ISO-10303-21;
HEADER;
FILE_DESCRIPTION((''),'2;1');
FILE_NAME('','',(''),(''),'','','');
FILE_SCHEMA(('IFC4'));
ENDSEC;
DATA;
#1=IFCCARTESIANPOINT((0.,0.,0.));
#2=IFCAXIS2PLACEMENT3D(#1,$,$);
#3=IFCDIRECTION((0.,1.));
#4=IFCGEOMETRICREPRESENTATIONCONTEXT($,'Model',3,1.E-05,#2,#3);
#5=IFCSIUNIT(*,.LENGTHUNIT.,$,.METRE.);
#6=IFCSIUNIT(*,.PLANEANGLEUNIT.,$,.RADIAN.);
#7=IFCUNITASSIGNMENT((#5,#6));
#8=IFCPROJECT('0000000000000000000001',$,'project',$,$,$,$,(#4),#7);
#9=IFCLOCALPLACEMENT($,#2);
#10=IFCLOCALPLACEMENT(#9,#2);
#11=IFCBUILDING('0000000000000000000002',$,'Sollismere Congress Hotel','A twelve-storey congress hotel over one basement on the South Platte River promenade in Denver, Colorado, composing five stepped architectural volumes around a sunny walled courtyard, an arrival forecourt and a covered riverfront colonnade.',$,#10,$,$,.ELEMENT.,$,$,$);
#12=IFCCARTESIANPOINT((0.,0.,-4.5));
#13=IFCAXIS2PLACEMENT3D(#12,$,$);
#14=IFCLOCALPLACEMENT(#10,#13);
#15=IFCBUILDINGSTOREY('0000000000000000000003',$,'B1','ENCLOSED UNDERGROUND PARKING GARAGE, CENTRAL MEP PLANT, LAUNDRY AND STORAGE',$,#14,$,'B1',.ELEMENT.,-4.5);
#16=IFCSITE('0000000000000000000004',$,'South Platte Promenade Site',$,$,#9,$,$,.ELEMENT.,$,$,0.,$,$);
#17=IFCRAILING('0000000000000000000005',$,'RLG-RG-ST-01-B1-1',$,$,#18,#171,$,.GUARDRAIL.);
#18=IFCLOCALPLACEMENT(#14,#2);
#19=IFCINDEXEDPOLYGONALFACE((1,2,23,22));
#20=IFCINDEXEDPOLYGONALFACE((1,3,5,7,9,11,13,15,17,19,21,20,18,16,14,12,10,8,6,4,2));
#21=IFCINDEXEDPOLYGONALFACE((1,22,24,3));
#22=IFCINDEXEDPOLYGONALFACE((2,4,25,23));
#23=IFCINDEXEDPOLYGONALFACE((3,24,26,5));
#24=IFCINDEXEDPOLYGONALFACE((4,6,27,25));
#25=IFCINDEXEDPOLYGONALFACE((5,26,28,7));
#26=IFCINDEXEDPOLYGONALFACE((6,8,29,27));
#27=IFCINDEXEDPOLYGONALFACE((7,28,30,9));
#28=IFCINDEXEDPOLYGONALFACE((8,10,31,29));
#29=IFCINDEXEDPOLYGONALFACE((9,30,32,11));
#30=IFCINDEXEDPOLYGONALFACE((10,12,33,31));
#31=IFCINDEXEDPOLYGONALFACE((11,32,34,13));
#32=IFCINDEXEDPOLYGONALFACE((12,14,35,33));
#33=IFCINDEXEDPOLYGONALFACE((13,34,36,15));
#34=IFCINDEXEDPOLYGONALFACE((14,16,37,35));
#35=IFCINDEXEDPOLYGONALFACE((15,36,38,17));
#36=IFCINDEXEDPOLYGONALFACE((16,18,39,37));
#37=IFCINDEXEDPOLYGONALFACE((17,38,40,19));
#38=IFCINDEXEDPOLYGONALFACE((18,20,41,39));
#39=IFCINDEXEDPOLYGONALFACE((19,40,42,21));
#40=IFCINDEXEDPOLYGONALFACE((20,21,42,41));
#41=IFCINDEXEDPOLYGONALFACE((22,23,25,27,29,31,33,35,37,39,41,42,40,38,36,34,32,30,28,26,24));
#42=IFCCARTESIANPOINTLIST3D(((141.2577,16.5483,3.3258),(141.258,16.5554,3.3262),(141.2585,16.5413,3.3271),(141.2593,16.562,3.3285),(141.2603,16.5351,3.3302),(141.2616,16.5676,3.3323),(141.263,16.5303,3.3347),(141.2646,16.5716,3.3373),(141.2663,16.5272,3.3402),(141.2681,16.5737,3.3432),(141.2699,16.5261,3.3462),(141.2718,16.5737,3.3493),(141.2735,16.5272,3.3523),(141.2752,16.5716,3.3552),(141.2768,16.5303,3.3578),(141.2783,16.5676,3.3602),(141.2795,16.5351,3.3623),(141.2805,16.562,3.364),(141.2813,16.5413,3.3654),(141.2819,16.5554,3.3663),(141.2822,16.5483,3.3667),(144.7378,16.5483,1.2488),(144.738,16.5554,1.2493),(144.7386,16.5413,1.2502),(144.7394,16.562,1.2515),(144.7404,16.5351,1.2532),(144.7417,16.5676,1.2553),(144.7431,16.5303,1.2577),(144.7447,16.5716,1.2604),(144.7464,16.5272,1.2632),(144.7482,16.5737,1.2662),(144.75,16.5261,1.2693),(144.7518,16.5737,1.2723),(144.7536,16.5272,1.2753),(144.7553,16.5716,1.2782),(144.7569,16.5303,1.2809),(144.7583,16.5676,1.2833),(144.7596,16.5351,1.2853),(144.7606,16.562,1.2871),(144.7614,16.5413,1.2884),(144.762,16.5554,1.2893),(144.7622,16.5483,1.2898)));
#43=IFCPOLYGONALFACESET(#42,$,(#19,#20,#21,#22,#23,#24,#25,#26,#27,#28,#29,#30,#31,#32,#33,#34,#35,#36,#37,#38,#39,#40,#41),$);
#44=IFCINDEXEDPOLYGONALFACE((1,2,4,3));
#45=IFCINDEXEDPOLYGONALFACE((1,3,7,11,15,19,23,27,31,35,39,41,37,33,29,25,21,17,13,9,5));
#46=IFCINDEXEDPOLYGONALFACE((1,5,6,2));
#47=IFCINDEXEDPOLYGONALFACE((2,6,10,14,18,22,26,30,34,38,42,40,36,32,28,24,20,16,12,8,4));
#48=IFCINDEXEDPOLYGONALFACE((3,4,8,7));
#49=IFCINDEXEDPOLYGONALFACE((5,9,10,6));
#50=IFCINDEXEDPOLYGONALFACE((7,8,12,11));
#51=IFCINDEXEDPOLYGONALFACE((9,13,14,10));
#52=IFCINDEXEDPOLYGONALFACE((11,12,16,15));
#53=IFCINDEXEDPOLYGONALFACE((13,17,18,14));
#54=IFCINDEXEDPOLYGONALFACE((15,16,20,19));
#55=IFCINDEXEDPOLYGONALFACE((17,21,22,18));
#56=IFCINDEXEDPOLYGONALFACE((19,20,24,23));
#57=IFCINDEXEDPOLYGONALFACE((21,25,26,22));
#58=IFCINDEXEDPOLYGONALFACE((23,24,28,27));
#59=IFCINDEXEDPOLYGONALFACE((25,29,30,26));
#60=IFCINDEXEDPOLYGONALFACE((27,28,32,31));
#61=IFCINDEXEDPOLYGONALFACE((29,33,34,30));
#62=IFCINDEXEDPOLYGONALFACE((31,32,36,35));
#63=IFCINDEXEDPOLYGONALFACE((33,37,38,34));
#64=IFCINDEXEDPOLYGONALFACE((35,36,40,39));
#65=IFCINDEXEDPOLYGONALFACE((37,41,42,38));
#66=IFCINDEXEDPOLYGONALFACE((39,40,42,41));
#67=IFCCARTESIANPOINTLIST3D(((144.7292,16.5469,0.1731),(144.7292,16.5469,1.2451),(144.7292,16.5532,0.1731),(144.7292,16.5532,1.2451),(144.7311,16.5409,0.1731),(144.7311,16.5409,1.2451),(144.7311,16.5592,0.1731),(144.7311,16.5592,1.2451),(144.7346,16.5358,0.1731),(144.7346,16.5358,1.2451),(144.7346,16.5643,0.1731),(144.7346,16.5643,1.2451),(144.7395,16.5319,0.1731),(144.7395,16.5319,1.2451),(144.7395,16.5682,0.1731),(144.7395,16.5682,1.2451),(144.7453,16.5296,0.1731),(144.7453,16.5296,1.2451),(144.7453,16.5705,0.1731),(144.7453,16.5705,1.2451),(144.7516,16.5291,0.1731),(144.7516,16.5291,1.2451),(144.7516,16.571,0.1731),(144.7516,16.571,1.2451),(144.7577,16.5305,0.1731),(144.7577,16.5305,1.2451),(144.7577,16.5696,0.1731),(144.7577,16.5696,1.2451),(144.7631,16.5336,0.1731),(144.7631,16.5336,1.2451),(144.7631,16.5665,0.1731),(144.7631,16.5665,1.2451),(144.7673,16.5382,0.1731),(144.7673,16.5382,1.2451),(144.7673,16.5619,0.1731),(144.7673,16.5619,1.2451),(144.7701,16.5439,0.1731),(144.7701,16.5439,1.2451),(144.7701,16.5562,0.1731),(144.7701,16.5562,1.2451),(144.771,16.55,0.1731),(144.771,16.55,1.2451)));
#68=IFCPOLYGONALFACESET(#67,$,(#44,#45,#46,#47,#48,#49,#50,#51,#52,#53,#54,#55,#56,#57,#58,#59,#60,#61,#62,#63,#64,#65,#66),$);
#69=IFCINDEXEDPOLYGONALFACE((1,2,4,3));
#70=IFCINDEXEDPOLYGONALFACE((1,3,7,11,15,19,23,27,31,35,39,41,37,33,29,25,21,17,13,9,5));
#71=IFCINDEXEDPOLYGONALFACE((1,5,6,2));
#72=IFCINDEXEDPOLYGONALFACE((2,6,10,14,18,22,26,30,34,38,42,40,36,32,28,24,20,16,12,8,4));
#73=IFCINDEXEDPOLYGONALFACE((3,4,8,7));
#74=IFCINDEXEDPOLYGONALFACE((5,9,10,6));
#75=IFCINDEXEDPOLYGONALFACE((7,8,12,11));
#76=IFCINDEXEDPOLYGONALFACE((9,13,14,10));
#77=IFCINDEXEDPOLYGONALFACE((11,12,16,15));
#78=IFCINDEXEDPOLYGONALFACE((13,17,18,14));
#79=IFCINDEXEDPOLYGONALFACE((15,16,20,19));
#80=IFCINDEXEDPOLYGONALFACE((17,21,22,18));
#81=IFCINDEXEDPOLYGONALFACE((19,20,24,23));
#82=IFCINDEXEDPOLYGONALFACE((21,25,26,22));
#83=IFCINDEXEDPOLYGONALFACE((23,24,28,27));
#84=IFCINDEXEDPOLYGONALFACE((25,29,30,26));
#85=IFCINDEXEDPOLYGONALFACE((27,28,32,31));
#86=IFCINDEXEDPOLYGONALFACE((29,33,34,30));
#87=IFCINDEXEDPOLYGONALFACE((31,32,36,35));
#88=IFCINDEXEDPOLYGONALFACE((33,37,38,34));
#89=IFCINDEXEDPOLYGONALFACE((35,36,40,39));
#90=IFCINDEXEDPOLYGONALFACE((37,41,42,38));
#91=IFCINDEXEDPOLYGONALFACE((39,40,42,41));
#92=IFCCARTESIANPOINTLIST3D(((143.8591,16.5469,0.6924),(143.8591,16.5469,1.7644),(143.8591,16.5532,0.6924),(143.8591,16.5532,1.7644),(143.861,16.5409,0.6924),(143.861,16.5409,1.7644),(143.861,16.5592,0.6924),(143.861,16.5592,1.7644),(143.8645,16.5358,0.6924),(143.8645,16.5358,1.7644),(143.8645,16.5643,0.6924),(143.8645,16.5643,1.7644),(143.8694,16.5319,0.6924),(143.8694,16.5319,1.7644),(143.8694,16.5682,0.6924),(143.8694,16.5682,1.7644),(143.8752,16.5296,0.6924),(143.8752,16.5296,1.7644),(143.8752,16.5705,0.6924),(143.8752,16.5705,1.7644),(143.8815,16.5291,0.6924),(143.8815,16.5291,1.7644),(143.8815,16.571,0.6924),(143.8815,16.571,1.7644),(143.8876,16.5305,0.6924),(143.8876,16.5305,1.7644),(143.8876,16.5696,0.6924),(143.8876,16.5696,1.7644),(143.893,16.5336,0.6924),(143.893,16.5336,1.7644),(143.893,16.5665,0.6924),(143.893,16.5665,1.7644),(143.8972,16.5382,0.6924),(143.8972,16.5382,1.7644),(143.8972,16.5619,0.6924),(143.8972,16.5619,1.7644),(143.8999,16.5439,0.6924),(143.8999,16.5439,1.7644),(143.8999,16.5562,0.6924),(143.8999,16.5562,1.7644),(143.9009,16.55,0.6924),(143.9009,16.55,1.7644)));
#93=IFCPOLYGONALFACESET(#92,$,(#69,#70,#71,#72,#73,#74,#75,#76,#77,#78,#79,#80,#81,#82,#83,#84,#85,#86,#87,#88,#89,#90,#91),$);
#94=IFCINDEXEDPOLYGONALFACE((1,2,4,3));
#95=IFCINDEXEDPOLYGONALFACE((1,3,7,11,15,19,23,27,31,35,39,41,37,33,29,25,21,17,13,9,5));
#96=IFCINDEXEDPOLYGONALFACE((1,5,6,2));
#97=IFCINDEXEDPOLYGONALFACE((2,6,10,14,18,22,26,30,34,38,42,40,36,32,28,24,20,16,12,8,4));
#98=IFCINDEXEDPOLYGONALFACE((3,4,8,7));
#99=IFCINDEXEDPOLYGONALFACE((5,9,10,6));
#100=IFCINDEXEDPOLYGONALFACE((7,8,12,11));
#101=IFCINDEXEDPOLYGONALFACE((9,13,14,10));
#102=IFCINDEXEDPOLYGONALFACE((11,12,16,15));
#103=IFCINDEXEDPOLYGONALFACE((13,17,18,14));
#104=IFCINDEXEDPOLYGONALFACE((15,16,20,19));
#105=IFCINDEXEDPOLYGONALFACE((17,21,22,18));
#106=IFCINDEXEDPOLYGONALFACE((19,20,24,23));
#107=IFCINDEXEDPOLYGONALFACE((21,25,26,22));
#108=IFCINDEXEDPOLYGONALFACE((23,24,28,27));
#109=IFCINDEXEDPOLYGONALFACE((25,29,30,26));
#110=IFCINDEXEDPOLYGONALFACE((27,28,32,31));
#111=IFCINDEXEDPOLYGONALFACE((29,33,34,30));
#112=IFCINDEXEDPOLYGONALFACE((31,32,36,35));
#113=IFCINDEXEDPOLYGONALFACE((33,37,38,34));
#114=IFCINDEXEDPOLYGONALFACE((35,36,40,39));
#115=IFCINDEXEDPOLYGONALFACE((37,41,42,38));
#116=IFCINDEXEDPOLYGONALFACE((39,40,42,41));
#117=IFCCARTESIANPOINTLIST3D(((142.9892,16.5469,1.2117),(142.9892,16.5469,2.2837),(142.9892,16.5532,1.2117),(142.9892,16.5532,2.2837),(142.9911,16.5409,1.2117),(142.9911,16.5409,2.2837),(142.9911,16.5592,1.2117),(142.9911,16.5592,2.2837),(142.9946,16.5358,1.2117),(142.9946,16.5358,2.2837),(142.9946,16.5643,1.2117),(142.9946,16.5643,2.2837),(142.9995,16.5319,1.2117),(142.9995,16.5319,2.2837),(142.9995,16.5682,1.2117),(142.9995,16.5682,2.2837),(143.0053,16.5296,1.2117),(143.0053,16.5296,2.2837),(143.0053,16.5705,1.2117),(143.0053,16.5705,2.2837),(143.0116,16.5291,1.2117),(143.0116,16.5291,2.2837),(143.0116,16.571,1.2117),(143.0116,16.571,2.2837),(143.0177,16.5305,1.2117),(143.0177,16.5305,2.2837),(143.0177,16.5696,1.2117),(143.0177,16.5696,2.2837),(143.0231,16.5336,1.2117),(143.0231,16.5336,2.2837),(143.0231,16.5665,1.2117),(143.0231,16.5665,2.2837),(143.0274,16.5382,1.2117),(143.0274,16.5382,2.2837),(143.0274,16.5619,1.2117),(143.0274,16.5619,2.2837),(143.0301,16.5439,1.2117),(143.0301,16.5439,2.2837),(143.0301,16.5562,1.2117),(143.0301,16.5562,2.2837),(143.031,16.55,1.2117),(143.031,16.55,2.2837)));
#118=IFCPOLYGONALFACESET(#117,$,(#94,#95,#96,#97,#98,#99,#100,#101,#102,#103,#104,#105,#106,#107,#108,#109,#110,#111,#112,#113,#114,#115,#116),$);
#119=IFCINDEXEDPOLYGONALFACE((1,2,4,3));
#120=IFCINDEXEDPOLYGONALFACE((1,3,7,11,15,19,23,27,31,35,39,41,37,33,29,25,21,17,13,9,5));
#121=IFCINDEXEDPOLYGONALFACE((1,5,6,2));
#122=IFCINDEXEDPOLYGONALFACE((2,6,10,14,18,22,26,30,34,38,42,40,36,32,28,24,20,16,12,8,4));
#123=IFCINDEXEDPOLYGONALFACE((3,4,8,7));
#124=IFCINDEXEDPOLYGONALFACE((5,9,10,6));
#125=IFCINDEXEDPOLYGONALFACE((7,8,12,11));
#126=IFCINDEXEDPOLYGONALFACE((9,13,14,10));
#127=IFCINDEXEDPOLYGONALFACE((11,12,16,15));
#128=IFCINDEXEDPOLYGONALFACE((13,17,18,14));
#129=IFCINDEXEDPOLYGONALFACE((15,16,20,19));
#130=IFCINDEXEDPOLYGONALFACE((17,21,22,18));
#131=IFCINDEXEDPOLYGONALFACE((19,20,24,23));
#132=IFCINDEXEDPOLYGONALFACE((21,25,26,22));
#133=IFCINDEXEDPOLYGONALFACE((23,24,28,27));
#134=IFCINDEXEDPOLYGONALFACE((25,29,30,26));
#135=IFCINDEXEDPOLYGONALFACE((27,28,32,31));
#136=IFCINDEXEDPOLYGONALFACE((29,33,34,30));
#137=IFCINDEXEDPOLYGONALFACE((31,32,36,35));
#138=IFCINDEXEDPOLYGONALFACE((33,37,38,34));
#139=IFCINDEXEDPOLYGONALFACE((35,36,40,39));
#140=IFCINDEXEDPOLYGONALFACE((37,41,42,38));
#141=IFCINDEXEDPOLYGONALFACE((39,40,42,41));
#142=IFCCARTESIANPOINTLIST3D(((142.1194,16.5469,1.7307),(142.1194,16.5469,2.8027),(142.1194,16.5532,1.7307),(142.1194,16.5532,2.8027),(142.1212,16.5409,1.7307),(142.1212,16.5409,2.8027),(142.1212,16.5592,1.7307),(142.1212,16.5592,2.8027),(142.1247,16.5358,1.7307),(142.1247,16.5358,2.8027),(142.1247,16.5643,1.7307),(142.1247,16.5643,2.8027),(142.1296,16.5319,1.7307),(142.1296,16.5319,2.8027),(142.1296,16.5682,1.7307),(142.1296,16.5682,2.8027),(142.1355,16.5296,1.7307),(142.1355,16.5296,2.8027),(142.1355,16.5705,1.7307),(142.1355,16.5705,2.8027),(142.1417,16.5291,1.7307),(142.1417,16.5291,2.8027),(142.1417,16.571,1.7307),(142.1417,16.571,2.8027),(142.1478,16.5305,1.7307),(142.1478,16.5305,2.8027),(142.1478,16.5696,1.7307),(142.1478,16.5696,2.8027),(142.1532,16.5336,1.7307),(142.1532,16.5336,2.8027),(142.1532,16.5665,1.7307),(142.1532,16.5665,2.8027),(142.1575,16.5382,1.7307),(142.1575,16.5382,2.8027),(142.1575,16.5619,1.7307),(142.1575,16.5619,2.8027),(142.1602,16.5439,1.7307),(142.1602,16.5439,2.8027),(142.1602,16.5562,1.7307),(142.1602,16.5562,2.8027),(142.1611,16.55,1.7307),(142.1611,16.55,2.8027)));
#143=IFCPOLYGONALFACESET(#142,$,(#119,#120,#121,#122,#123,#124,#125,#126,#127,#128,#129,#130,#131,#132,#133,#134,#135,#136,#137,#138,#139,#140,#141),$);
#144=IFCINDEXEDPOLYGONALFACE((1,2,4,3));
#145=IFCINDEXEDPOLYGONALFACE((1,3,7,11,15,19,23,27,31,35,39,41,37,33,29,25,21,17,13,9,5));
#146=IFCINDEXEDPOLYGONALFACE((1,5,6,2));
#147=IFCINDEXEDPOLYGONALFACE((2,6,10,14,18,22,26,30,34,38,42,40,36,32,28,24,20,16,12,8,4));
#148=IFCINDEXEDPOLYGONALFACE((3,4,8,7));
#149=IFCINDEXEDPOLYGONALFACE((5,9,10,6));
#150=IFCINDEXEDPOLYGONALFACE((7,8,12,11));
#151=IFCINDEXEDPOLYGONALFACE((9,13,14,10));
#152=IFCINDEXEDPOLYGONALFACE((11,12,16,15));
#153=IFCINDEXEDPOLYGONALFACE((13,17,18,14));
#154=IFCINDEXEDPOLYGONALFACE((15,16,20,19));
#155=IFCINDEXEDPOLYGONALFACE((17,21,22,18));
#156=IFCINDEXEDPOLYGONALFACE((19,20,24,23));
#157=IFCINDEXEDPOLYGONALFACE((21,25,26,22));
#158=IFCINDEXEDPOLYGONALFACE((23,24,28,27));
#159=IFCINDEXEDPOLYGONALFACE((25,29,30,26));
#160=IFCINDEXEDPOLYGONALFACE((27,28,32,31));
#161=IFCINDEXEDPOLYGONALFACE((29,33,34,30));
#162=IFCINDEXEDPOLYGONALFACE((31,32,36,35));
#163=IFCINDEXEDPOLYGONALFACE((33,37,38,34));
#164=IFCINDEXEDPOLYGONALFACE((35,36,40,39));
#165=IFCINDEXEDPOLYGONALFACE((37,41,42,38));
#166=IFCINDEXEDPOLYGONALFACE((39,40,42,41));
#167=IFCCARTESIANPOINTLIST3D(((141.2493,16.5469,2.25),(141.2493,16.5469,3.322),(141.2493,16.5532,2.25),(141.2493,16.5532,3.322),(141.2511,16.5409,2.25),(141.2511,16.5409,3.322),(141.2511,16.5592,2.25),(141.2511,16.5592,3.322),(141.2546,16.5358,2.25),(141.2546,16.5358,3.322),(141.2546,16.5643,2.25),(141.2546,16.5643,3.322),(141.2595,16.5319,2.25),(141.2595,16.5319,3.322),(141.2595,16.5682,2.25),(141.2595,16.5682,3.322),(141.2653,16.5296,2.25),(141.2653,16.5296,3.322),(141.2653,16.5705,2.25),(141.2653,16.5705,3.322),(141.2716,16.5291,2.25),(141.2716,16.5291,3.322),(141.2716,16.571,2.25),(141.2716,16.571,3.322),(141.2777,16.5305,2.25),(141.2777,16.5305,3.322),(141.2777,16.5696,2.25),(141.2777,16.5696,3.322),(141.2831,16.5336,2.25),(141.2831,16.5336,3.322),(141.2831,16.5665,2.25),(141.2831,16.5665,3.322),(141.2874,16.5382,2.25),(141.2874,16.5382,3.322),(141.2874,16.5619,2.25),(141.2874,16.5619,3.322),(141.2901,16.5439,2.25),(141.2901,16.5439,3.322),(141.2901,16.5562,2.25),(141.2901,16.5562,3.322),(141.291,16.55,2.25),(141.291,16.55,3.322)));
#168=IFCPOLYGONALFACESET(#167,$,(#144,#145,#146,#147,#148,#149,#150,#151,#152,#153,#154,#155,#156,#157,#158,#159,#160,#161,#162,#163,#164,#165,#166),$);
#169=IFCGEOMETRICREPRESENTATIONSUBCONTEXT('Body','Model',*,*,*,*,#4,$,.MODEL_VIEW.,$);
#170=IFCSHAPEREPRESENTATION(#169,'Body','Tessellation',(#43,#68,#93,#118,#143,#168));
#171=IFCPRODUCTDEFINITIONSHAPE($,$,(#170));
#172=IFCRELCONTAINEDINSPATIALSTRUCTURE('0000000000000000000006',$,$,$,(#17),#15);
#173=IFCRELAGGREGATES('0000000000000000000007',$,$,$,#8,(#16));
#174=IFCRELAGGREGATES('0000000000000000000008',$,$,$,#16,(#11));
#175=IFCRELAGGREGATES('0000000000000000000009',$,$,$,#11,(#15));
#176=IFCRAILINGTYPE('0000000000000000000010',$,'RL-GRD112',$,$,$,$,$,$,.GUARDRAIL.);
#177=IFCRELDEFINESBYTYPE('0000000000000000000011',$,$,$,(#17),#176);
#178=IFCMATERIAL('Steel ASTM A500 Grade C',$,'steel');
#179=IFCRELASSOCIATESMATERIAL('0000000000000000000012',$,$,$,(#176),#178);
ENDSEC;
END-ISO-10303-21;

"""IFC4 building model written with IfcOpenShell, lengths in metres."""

from ifc_helpers import new_model, si_unit, direction, frame, origin, origin_2d, place, context, subcontext, project, spatial, circle, extrude, material, type_object, element, save


model = new_model("IFC4")

# Units and contexts
model_context = context("Model", 3, precision=1e-05, world=origin(), true_north=direction((0.0, 1.0)))
body_context = subcontext(model_context, "Body", "Model", "MODEL_VIEW")
ifc_project = project(units=[si_unit("LENGTHUNIT", "METRE"), si_unit("PLANEANGLEUNIT", "RADIAN")], contexts=[model_context])

# Site, building, storey
site_placement = place(None, origin())
site = spatial("IfcSite", under=ifc_project, at=site_placement, Name="South Platte Promenade Site", CompositionType="ELEMENT", RefElevation=0.0)
building_placement = place(site_placement, origin())
building = spatial("IfcBuilding", under=site, at=building_placement, Name="Sollismere Congress Hotel", Description="A twelve-storey congress hotel over one basement on the South Platte River promenade in Denver, Colorado, composing five stepped architectural volumes around a sunny walled courtyard, an arrival forecourt and a covered riverfront colonnade.", CompositionType="ELEMENT")
storey_placement = place(building_placement, frame((0.0, 0.0, -4.5)))
storey = spatial("IfcBuildingStorey", under=building, at=storey_placement, Name="B1", Description="ENCLOSED UNDERGROUND PARKING GARAGE, CENTRAL MEP PLANT, LAUNDRY AND STORAGE", LongName="B1", CompositionType="ELEMENT", Elevation=-4.5)

# Railing
ifc_material_1 = material(Name="Steel ASTM A500 Grade C", Category="steel")
railing_type_1 = type_object("IfcRailingType", Name="RL-GRD112", PredefinedType="GUARDRAIL", material=ifc_material_1)
railing_1_placement = place(storey_placement, frame((144.75, 16.55, 0.1731)))
element("IfcRailing", 1, at=railing_1_placement, inside=storey, type_object=railing_type_1, Name="RLG-RG-ST-01-B1-1", PredefinedType="GUARDRAIL", context=body_context, shape_type="SweptSolid", body=[
    extrude(circle(Radius=0.0239, at=origin_2d()), frame((0.0, 0.0, 1.0962), z_axis=(-0.858697, 0.0, 0.512483), x_axis=(0.0, -1.0, 0.0)), (0.0, 0.0, 1.0), 4.0527),
    extrude(circle(Radius=0.021, at=origin_2d()), origin(), (0.0, 0.0, 1.0), 1.072),
    extrude(circle(Radius=0.021, at=origin_2d()), frame((-0.8701, 0.0, 0.5193)), (0.0, 0.0, 1.0), 1.072),
    extrude(circle(Radius=0.021, at=origin_2d()), frame((-1.74, 0.0, 1.0386)), (0.0, 0.0, 1.0), 1.072),
    extrude(circle(Radius=0.021, at=origin_2d()), frame((-2.6099, 0.0, 1.5576)), (0.0, 0.0, 1.0), 1.072),
    extrude(circle(Radius=0.021, at=origin_2d()), frame((-3.48, 0.0, 2.0769)), (0.0, 0.0, 1.0), 1.072),
])

save(model, "model.ifc")
